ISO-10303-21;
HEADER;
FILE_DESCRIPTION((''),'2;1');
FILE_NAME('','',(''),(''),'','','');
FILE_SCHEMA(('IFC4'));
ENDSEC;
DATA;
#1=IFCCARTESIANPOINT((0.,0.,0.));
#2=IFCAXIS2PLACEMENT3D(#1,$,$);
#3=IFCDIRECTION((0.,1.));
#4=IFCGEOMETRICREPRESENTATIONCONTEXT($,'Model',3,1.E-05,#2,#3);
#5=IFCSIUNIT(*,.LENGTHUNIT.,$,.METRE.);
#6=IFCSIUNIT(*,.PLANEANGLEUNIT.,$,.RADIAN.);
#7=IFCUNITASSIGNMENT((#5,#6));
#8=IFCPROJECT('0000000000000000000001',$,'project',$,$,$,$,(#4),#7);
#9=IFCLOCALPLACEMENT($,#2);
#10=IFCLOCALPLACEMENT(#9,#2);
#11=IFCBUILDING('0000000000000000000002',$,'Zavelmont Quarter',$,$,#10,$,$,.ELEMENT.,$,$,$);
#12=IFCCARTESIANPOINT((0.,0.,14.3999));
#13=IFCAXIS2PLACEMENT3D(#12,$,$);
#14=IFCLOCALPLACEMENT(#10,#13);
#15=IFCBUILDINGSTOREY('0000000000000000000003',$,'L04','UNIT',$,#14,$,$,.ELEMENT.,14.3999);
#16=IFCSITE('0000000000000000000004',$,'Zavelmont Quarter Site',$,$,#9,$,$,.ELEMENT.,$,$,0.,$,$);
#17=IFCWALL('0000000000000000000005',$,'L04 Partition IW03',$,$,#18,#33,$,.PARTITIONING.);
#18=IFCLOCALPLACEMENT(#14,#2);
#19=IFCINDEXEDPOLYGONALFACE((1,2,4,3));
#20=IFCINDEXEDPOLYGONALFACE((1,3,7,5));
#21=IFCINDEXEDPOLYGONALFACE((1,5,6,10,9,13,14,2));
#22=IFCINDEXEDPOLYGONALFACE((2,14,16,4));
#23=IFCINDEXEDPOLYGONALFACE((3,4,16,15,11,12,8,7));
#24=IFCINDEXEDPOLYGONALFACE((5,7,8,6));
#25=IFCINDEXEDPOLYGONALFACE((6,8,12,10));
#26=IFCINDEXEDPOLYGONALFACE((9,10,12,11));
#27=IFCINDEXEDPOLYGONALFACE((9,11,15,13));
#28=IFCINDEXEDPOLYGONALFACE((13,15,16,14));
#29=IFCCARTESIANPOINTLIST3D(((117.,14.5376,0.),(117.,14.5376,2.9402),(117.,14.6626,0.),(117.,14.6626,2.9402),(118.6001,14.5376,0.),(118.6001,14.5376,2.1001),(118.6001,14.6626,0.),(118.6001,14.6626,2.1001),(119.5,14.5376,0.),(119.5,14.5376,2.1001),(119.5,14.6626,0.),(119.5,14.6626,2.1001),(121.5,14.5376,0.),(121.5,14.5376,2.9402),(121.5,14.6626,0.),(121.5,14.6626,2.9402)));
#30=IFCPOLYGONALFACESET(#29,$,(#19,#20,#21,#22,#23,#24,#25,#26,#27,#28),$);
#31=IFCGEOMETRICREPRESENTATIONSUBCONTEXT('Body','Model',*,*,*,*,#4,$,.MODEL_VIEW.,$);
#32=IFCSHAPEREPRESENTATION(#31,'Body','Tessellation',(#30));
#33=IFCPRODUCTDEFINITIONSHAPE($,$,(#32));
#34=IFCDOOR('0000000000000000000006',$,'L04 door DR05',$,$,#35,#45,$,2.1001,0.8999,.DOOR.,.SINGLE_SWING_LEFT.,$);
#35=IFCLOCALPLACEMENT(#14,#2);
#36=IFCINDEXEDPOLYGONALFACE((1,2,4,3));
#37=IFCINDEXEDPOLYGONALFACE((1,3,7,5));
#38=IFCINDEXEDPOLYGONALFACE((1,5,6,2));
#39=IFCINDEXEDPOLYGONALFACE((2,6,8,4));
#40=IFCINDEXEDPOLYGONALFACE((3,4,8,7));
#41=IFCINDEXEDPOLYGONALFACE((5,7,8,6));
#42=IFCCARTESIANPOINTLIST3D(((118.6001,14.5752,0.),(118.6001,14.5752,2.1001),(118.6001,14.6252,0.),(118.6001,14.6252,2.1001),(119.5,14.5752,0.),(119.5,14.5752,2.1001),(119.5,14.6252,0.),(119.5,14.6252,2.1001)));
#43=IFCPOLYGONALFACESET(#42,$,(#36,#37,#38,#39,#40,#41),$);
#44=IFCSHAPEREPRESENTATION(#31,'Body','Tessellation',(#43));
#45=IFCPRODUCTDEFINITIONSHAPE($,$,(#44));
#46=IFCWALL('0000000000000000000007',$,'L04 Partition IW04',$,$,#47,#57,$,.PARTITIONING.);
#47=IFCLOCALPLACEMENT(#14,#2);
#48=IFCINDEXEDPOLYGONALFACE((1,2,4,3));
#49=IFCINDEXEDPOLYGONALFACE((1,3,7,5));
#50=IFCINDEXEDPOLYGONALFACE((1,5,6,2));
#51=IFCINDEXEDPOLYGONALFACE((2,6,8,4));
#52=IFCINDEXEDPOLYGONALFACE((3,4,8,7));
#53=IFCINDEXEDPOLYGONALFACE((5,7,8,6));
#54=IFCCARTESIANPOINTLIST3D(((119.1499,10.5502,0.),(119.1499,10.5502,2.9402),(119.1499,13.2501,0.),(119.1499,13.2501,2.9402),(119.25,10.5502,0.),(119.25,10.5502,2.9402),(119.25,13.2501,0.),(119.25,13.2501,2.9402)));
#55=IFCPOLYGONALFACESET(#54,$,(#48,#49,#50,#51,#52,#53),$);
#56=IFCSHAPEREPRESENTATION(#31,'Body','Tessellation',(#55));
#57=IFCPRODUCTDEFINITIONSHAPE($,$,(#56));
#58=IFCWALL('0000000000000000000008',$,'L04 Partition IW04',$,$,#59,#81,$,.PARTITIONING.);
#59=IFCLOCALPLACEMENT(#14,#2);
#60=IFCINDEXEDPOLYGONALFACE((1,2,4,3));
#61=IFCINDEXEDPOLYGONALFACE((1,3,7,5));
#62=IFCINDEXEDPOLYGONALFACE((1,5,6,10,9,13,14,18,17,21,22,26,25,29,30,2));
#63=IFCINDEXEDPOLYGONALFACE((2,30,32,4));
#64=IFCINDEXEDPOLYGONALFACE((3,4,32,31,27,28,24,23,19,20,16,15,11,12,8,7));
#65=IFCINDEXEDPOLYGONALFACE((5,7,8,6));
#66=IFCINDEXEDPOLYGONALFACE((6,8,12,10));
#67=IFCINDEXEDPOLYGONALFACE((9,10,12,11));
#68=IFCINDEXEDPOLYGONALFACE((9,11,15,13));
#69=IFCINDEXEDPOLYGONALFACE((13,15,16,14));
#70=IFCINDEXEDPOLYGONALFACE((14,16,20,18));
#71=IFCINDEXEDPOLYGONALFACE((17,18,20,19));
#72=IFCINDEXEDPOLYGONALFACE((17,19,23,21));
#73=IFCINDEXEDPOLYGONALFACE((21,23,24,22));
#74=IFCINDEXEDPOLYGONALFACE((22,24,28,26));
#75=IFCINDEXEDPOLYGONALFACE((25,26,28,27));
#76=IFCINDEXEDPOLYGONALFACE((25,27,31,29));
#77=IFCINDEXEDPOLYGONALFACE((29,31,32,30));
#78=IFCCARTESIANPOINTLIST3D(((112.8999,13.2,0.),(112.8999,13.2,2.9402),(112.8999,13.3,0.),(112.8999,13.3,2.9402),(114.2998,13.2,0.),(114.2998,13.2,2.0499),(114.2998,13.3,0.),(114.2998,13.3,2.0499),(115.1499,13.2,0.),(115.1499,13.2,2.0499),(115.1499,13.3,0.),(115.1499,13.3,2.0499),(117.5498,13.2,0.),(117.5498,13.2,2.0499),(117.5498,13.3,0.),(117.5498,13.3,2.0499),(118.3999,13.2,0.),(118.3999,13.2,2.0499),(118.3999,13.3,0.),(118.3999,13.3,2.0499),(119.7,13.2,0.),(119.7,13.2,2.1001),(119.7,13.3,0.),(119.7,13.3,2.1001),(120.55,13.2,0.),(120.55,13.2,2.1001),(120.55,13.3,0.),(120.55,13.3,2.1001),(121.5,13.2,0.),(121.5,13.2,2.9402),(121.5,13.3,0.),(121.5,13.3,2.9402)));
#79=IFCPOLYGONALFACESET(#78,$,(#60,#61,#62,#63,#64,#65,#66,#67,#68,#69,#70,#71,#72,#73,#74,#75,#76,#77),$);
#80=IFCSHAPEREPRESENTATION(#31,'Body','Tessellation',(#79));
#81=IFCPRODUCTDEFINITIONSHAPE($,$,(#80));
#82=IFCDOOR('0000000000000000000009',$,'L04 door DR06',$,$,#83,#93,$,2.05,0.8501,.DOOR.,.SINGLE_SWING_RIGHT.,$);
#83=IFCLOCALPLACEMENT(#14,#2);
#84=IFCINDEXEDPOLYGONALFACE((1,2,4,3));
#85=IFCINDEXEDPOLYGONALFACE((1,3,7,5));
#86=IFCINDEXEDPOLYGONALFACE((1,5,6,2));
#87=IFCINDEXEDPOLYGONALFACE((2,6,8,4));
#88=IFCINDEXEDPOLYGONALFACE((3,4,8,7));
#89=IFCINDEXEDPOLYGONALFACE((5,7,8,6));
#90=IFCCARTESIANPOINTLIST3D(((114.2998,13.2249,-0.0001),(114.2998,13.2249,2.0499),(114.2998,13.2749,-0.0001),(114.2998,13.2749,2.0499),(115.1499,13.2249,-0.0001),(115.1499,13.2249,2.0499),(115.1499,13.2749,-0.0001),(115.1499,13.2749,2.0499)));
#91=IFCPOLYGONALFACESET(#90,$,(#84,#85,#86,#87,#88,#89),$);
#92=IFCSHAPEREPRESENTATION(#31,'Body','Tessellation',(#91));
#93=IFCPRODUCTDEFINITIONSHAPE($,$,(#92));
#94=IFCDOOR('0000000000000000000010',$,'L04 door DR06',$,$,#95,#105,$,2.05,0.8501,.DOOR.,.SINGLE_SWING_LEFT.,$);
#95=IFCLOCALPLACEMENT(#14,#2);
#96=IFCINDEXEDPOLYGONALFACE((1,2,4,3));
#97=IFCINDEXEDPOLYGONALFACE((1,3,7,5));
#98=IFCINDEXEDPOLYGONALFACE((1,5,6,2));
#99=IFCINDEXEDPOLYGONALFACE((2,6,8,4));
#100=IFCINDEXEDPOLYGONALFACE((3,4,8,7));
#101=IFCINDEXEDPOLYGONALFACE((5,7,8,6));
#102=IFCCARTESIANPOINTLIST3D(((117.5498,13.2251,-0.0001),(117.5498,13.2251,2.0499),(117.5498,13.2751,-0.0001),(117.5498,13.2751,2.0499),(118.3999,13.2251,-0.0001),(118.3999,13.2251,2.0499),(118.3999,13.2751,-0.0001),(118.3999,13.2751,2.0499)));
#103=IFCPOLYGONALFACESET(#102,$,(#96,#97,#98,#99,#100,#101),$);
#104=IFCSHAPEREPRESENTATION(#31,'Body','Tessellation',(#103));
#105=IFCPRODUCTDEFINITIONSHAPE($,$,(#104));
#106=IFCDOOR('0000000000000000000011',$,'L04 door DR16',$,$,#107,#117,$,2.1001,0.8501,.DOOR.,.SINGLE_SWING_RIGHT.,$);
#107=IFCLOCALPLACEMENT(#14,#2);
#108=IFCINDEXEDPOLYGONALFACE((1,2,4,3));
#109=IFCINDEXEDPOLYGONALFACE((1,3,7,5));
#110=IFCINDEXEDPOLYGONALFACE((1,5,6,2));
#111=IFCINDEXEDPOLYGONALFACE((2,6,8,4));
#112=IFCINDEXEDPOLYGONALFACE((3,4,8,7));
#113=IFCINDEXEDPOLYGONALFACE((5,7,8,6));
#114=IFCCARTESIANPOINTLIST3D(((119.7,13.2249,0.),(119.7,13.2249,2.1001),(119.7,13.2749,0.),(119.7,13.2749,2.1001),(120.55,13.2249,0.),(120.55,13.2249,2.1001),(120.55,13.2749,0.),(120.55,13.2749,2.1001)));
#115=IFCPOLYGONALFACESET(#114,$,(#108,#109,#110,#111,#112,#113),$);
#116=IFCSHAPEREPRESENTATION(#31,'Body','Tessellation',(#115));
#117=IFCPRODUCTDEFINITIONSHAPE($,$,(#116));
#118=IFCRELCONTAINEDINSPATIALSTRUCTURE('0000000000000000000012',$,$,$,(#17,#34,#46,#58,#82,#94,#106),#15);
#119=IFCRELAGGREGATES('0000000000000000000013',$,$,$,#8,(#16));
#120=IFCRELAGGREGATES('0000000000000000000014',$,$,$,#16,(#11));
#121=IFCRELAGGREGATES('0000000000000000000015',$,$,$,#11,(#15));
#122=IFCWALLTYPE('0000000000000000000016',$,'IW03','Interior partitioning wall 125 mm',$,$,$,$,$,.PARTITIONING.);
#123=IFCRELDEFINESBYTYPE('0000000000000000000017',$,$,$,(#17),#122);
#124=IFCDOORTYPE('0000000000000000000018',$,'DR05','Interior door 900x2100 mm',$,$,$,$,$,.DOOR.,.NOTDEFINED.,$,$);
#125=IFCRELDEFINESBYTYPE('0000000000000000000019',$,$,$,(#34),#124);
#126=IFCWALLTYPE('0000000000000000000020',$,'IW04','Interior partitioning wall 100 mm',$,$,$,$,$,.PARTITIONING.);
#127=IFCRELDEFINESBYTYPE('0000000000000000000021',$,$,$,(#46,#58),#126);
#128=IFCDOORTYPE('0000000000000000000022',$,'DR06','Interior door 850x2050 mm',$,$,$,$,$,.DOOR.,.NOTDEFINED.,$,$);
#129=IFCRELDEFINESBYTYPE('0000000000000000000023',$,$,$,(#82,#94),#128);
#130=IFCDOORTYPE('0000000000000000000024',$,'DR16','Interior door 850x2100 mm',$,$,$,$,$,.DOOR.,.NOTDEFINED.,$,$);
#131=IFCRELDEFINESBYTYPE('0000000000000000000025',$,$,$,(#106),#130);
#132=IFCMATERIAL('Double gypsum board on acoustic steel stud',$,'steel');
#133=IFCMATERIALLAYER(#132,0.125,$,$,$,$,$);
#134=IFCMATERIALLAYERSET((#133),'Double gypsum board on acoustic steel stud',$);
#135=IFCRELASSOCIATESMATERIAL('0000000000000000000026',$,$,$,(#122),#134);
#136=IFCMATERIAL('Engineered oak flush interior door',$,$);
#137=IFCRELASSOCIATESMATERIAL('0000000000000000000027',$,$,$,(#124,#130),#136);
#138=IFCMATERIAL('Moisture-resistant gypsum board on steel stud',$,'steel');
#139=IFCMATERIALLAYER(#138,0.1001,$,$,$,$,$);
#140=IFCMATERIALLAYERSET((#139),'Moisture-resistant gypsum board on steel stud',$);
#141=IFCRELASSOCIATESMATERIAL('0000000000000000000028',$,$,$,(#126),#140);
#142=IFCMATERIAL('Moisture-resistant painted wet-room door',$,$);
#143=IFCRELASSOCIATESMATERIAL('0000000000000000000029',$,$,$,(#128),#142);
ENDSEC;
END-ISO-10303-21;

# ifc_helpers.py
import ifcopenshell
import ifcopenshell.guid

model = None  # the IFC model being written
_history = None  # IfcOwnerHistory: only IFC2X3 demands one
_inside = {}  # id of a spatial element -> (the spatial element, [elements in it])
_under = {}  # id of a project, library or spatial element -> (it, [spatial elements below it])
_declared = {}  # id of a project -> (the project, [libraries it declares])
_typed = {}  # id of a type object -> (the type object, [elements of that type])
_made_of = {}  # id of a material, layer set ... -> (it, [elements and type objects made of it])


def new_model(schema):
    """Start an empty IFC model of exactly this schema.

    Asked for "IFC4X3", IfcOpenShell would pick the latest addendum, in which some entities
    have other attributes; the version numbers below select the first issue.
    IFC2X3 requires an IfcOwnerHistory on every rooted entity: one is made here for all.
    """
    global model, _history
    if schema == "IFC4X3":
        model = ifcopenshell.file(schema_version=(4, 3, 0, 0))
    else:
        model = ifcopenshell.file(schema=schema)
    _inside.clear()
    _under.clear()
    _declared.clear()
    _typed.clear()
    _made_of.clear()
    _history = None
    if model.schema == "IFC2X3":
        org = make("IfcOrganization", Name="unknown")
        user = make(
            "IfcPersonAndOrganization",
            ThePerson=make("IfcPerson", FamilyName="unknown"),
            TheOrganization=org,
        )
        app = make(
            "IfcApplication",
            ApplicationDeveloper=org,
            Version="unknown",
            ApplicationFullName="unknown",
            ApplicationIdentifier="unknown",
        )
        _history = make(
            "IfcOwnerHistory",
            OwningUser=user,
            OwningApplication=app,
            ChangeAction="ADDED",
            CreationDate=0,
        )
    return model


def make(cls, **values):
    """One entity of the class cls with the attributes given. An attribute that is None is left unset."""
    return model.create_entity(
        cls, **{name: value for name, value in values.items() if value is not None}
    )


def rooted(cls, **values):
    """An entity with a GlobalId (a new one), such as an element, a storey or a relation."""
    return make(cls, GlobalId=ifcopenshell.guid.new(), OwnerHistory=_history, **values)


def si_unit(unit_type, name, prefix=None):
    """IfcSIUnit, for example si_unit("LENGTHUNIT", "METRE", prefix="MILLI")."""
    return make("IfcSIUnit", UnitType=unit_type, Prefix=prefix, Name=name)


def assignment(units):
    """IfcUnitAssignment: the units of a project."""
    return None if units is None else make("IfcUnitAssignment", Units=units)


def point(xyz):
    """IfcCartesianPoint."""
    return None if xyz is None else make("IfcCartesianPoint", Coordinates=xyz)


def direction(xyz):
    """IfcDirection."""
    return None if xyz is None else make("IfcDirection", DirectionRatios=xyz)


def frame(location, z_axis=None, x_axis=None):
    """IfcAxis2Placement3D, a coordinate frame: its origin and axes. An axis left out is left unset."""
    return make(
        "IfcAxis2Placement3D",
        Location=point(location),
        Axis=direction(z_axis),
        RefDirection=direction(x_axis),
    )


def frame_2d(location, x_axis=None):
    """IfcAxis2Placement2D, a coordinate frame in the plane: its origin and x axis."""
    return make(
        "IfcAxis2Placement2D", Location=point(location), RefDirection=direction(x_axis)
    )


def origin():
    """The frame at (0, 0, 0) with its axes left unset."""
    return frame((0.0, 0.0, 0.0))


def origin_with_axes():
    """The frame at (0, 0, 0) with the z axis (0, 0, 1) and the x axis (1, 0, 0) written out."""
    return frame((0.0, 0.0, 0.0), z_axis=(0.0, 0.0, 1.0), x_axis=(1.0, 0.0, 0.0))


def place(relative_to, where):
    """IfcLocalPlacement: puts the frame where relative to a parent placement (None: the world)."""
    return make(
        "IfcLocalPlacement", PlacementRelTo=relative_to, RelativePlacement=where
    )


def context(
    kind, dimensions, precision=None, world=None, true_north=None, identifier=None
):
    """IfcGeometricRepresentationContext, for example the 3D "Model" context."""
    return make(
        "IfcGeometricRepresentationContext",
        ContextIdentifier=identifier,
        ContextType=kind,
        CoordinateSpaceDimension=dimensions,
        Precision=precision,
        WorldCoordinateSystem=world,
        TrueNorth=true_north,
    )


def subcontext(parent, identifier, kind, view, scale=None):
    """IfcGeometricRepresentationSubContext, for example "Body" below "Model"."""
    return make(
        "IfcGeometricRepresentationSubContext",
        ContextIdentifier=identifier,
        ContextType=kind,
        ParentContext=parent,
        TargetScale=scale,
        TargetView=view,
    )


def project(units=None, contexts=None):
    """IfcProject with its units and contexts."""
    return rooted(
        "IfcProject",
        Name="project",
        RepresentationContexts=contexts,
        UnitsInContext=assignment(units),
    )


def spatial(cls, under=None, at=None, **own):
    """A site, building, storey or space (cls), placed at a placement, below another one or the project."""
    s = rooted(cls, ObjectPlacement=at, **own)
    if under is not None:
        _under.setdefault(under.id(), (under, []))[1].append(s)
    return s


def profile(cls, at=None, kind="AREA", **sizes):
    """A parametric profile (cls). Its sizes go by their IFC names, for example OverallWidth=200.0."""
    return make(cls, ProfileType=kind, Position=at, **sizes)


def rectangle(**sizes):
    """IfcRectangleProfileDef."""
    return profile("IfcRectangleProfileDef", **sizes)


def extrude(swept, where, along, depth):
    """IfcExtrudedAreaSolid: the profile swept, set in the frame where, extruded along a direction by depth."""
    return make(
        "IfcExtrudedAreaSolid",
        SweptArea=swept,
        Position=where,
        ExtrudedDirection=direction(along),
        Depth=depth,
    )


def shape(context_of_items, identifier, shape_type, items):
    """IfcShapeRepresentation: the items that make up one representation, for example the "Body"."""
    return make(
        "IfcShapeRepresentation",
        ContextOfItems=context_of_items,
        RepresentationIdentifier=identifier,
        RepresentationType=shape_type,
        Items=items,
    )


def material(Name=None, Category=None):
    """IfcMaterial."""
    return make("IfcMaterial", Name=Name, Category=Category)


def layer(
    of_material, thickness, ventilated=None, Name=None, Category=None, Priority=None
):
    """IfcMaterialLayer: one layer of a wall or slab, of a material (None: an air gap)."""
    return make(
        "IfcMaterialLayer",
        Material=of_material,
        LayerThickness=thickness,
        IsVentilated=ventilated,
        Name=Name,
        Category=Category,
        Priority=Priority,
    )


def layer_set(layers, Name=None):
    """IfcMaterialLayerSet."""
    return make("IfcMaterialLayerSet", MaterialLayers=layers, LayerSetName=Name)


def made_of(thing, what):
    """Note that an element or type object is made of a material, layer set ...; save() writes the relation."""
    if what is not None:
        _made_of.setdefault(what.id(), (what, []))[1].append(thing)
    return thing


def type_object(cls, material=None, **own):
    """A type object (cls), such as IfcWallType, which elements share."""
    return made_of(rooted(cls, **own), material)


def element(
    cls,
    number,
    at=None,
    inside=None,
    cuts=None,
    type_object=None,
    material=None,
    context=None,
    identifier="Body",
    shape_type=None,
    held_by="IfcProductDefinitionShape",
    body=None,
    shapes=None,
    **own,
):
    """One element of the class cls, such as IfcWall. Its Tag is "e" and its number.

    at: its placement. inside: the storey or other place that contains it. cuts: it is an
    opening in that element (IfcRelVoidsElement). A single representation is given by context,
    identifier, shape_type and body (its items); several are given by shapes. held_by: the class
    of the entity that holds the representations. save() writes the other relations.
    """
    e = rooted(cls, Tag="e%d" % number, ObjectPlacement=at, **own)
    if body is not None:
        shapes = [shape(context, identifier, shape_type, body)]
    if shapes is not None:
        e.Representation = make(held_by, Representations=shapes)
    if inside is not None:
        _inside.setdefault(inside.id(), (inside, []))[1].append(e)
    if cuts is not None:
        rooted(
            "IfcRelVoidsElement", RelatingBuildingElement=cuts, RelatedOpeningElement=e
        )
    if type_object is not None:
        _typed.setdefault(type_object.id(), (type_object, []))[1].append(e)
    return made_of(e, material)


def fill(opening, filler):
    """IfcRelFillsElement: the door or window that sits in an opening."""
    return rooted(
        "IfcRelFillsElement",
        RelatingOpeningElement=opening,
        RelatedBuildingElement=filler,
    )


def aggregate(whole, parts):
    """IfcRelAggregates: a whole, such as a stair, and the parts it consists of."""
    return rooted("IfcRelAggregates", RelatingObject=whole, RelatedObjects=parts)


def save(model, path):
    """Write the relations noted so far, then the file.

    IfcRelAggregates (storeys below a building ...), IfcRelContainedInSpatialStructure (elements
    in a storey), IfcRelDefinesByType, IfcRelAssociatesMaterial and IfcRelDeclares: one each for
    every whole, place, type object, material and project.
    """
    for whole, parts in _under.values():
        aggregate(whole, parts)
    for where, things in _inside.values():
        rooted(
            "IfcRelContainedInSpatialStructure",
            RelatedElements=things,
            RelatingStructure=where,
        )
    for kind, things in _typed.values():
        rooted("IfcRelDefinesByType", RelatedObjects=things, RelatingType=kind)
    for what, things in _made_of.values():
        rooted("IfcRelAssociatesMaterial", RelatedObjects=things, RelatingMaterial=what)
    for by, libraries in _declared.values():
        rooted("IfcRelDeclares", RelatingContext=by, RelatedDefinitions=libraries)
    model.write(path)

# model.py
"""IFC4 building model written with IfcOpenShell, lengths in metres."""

from ifc_helpers import new_model, si_unit, direction, frame, frame_2d, origin, origin_with_axes, place, context, subcontext, project, spatial, rectangle, extrude, material, layer, layer_set, type_object, element, fill, save


model = new_model("IFC4")

# Units and contexts
model_context = context("Model", 3, precision=1e-05, world=origin(), true_north=direction((0.0, 1.0)))
body_context = subcontext(model_context, "Body", "Model", "MODEL_VIEW")
ifc_project = project(units=[si_unit("LENGTHUNIT", "METRE"), si_unit("PLANEANGLEUNIT", "RADIAN")], contexts=[model_context])

# Site, building, storey
site_placement = place(None, origin())
site = spatial("IfcSite", under=ifc_project, at=site_placement, Name="Zavelmont Quarter Site", CompositionType="ELEMENT", RefElevation=0.0)
building_placement = place(site_placement, origin())
building = spatial("IfcBuilding", under=site, at=building_placement, Name="Zavelmont Quarter", CompositionType="ELEMENT")
storey_placement = place(building_placement, frame((0.0, 0.0, 14.3999)))
storey = spatial("IfcBuildingStorey", under=building, at=storey_placement, Name="L04", Description="UNIT", CompositionType="ELEMENT", Elevation=14.3999)

# Wall, opening, door
ifc_material_1 = material(Name="Double gypsum board on acoustic steel stud", Category="steel")
ifc_layer_1 = layer(ifc_material_1, 0.125)
ifc_layer_set_1 = layer_set([ifc_layer_1], Name="Double gypsum board on acoustic steel stud")
wall_type_1 = type_object("IfcWallType", Name="IW03", Description="Interior partitioning wall 125 mm", PredefinedType="PARTITIONING", material=ifc_layer_set_1)
ifc_material_2 = material(Name="Engineered oak flush interior door")
door_type_1 = type_object("IfcDoorType", Name="DR05", Description="Interior door 900x2100 mm", OperationType="NOTDEFINED", PredefinedType="DOOR", material=ifc_material_2)
wall_1_placement = place(storey_placement, frame((117.0, 14.6001, 0.0), z_axis=(0.0, 0.0, 1.0), x_axis=(1.0, 0.0, 0.0)))
wall_1 = element("IfcWall", 1, at=wall_1_placement, inside=storey, type_object=wall_type_1, Name="L04 Partition IW03", PredefinedType="PARTITIONING", context=body_context, shape_type="SweptSolid", body=[
    extrude(rectangle(XDim=4.5, YDim=0.125, at=frame_2d((2.25, 0.0))), origin(), (0.0, 0.0, 1.0), 2.9402),
])
opening_1_placement = place(wall_1_placement, frame((1.6001, 0.0, 0.0)))
opening_1 = element("IfcOpeningElement", 2, at=opening_1_placement, cuts=wall_1, PredefinedType="OPENING", context=body_context, shape_type="SweptSolid", body=[
    extrude(rectangle(XDim=0.8999, YDim=2.1001, at=frame_2d((0.45, 1.05))), frame((0.0, 0.0745, 0.0), z_axis=(0.0, -1.0, 0.0), x_axis=(1.0, 0.0, 0.0)), (0.0, 0.0, 1.0), 0.1489),
])
door_1_placement = place(opening_1_placement, frame((0.8999, 0.0, 0.0), z_axis=(0.0, 0.0, 1.0), x_axis=(-1.0, 0.0, 0.0)))
door_1 = element("IfcDoor", 3, at=door_1_placement, inside=storey, type_object=door_type_1, Name="L04 door DR05", OperationType="SINGLE_SWING_LEFT", OverallHeight=2.1001, OverallWidth=0.8999, PredefinedType="DOOR", context=body_context, shape_type="SweptSolid", body=[
    extrude(rectangle(XDim=0.8999, YDim=2.1001, at=frame_2d((0.45, 1.05))), frame((0.0, 0.0249, 0.0), z_axis=(0.0, -1.0, 0.0), x_axis=(1.0, 0.0, 0.0)), (0.0, 0.0, 1.0), 0.05),
])
fill(opening_1, door_1)

# Wall
ifc_material_3 = material(Name="Moisture-resistant gypsum board on steel stud", Category="steel")
ifc_layer_2 = layer(ifc_material_3, 0.1001)
ifc_layer_set_2 = layer_set([ifc_layer_2], Name="Moisture-resistant gypsum board on steel stud")
wall_type_2 = type_object("IfcWallType", Name="IW04", Description="Interior partitioning wall 100 mm", PredefinedType="PARTITIONING", material=ifc_layer_set_2)
wall_2_placement = place(storey_placement, frame((119.2, 10.55, 0.0), z_axis=(0.0, 0.0, 1.0), x_axis=(0.0, 1.0, 0.0)))
element("IfcWall", 4, at=wall_2_placement, inside=storey, type_object=wall_type_2, Name="L04 Partition IW04", PredefinedType="PARTITIONING", context=body_context, shape_type="SweptSolid", body=[
    extrude(rectangle(XDim=2.7, YDim=0.1001, at=frame_2d((1.3501, 0.0))), origin(), (0.0, 0.0, 1.0), 2.9402),
])

# Wall, openings, doors
wall_3_placement = place(storey_placement, frame((112.8999, 13.25, 0.0), z_axis=(0.0, 0.0, 1.0), x_axis=(1.0, 0.0, 0.0)))
wall_3 = element("IfcWall", 5, at=wall_3_placement, inside=storey, type_object=wall_type_2, Name="L04 Partition IW04", PredefinedType="PARTITIONING", context=body_context, shape_type="SweptSolid", body=[
    extrude(rectangle(XDim=8.6001, YDim=0.1001, at=frame_2d((4.3, 0.0))), origin(), (0.0, 0.0, 1.0), 2.9402),
])
opening_2_placement = place(wall_3_placement, frame((1.3999, 0.0, 0.0)))
opening_2 = element("IfcOpeningElement", 6, at=opening_2_placement, cuts=wall_3, PredefinedType="OPENING", context=body_context, shape_type="SweptSolid", body=[
    extrude(rectangle(XDim=0.8501, YDim=2.05, at=frame_2d((0.425, 1.0249))), frame((0.0, 0.062, 0.0), z_axis=(0.0, -1.0, 0.0), x_axis=(1.0, 0.0, 0.0)), (0.0, 0.0, 1.0), 0.124),
])
opening_3_placement = place(wall_3_placement, frame((4.6499, 0.0, 0.0)))
opening_3 = element("IfcOpeningElement", 7, at=opening_3_placement, cuts=wall_3, PredefinedType="OPENING", context=body_context, shape_type="SweptSolid", body=[
    extrude(rectangle(XDim=0.8501, YDim=2.05, at=frame_2d((0.425, 1.0249))), frame((0.0, 0.062, 0.0), z_axis=(0.0, -1.0, 0.0), x_axis=(1.0, 0.0, 0.0)), (0.0, 0.0, 1.0), 0.124),
])
opening_4_placement = place(wall_3_placement, frame((6.8, 0.0, 0.0)))
opening_4 = element("IfcOpeningElement", 8, at=opening_4_placement, cuts=wall_3, PredefinedType="OPENING", context=body_context, shape_type="SweptSolid", body=[
    extrude(rectangle(XDim=0.8501, YDim=2.1001, at=frame_2d((0.425, 1.05))), frame((0.0, 0.062, 0.0), z_axis=(0.0, -1.0, 0.0), x_axis=(1.0, 0.0, 0.0)), (0.0, 0.0, 1.0), 0.124),
])
ifc_material_4 = material(Name="Moisture-resistant painted wet-room door")
door_type_2 = type_object("IfcDoorType", Name="DR06", Description="Interior door 850x2050 mm", OperationType="NOTDEFINED", PredefinedType="DOOR", material=ifc_material_4)
door_2_placement = place(opening_2_placement, origin_with_axes())
door_2 = element("IfcDoor", 9, at=door_2_placement, inside=storey, type_object=door_type_2, Name="L04 door DR06", OperationType="SINGLE_SWING_RIGHT", OverallHeight=2.05, OverallWidth=0.8501, PredefinedType="DOOR", context=body_context, shape_type="SweptSolid", body=[
    extrude(rectangle(XDim=0.8501, YDim=2.05, at=frame_2d((0.425, 1.0249))), frame((0.0, 0.0249, 0.0), z_axis=(0.0, -1.0, 0.0), x_axis=(1.0, 0.0, 0.0)), (0.0, 0.0, 1.0), 0.05),
])
fill(opening_2, door_2)
door_3_placement = place(opening_3_placement, frame((0.8501, 0.0, 0.0), z_axis=(0.0, 0.0, 1.0), x_axis=(-1.0, 0.0, 0.0)))
door_3 = element("IfcDoor", 10, at=door_3_placement, inside=storey, type_object=door_type_2, Name="L04 door DR06", OperationType="SINGLE_SWING_LEFT", OverallHeight=2.05, OverallWidth=0.8501, PredefinedType="DOOR", context=body_context, shape_type="SweptSolid", body=[
    extrude(rectangle(XDim=0.8501, YDim=2.05, at=frame_2d((0.425, 1.0249))), frame((0.0, 0.0249, 0.0), z_axis=(0.0, -1.0, 0.0), x_axis=(1.0, 0.0, 0.0)), (0.0, 0.0, 1.0), 0.05),
])
fill(opening_3, door_3)
door_type_3 = type_object("IfcDoorType", Name="DR16", Description="Interior door 850x2100 mm", OperationType="NOTDEFINED", PredefinedType="DOOR", material=ifc_material_2)
door_4_placement = place(opening_4_placement, origin_with_axes())
door_4 = element("IfcDoor", 11, at=door_4_placement, inside=storey, type_object=door_type_3, Name="L04 door DR16", OperationType="SINGLE_SWING_RIGHT", OverallHeight=2.1001, OverallWidth=0.8501, PredefinedType="DOOR", context=body_context, shape_type="SweptSolid", body=[
    extrude(rectangle(XDim=0.8501, YDim=2.1001, at=frame_2d((0.425, 1.05))), frame((0.0, 0.0249, 0.0), z_axis=(0.0, -1.0, 0.0), x_axis=(1.0, 0.0, 0.0)), (0.0, 0.0, 1.0), 0.05),
])
fill(opening_4, door_4)

save(model, "model.ifc")
